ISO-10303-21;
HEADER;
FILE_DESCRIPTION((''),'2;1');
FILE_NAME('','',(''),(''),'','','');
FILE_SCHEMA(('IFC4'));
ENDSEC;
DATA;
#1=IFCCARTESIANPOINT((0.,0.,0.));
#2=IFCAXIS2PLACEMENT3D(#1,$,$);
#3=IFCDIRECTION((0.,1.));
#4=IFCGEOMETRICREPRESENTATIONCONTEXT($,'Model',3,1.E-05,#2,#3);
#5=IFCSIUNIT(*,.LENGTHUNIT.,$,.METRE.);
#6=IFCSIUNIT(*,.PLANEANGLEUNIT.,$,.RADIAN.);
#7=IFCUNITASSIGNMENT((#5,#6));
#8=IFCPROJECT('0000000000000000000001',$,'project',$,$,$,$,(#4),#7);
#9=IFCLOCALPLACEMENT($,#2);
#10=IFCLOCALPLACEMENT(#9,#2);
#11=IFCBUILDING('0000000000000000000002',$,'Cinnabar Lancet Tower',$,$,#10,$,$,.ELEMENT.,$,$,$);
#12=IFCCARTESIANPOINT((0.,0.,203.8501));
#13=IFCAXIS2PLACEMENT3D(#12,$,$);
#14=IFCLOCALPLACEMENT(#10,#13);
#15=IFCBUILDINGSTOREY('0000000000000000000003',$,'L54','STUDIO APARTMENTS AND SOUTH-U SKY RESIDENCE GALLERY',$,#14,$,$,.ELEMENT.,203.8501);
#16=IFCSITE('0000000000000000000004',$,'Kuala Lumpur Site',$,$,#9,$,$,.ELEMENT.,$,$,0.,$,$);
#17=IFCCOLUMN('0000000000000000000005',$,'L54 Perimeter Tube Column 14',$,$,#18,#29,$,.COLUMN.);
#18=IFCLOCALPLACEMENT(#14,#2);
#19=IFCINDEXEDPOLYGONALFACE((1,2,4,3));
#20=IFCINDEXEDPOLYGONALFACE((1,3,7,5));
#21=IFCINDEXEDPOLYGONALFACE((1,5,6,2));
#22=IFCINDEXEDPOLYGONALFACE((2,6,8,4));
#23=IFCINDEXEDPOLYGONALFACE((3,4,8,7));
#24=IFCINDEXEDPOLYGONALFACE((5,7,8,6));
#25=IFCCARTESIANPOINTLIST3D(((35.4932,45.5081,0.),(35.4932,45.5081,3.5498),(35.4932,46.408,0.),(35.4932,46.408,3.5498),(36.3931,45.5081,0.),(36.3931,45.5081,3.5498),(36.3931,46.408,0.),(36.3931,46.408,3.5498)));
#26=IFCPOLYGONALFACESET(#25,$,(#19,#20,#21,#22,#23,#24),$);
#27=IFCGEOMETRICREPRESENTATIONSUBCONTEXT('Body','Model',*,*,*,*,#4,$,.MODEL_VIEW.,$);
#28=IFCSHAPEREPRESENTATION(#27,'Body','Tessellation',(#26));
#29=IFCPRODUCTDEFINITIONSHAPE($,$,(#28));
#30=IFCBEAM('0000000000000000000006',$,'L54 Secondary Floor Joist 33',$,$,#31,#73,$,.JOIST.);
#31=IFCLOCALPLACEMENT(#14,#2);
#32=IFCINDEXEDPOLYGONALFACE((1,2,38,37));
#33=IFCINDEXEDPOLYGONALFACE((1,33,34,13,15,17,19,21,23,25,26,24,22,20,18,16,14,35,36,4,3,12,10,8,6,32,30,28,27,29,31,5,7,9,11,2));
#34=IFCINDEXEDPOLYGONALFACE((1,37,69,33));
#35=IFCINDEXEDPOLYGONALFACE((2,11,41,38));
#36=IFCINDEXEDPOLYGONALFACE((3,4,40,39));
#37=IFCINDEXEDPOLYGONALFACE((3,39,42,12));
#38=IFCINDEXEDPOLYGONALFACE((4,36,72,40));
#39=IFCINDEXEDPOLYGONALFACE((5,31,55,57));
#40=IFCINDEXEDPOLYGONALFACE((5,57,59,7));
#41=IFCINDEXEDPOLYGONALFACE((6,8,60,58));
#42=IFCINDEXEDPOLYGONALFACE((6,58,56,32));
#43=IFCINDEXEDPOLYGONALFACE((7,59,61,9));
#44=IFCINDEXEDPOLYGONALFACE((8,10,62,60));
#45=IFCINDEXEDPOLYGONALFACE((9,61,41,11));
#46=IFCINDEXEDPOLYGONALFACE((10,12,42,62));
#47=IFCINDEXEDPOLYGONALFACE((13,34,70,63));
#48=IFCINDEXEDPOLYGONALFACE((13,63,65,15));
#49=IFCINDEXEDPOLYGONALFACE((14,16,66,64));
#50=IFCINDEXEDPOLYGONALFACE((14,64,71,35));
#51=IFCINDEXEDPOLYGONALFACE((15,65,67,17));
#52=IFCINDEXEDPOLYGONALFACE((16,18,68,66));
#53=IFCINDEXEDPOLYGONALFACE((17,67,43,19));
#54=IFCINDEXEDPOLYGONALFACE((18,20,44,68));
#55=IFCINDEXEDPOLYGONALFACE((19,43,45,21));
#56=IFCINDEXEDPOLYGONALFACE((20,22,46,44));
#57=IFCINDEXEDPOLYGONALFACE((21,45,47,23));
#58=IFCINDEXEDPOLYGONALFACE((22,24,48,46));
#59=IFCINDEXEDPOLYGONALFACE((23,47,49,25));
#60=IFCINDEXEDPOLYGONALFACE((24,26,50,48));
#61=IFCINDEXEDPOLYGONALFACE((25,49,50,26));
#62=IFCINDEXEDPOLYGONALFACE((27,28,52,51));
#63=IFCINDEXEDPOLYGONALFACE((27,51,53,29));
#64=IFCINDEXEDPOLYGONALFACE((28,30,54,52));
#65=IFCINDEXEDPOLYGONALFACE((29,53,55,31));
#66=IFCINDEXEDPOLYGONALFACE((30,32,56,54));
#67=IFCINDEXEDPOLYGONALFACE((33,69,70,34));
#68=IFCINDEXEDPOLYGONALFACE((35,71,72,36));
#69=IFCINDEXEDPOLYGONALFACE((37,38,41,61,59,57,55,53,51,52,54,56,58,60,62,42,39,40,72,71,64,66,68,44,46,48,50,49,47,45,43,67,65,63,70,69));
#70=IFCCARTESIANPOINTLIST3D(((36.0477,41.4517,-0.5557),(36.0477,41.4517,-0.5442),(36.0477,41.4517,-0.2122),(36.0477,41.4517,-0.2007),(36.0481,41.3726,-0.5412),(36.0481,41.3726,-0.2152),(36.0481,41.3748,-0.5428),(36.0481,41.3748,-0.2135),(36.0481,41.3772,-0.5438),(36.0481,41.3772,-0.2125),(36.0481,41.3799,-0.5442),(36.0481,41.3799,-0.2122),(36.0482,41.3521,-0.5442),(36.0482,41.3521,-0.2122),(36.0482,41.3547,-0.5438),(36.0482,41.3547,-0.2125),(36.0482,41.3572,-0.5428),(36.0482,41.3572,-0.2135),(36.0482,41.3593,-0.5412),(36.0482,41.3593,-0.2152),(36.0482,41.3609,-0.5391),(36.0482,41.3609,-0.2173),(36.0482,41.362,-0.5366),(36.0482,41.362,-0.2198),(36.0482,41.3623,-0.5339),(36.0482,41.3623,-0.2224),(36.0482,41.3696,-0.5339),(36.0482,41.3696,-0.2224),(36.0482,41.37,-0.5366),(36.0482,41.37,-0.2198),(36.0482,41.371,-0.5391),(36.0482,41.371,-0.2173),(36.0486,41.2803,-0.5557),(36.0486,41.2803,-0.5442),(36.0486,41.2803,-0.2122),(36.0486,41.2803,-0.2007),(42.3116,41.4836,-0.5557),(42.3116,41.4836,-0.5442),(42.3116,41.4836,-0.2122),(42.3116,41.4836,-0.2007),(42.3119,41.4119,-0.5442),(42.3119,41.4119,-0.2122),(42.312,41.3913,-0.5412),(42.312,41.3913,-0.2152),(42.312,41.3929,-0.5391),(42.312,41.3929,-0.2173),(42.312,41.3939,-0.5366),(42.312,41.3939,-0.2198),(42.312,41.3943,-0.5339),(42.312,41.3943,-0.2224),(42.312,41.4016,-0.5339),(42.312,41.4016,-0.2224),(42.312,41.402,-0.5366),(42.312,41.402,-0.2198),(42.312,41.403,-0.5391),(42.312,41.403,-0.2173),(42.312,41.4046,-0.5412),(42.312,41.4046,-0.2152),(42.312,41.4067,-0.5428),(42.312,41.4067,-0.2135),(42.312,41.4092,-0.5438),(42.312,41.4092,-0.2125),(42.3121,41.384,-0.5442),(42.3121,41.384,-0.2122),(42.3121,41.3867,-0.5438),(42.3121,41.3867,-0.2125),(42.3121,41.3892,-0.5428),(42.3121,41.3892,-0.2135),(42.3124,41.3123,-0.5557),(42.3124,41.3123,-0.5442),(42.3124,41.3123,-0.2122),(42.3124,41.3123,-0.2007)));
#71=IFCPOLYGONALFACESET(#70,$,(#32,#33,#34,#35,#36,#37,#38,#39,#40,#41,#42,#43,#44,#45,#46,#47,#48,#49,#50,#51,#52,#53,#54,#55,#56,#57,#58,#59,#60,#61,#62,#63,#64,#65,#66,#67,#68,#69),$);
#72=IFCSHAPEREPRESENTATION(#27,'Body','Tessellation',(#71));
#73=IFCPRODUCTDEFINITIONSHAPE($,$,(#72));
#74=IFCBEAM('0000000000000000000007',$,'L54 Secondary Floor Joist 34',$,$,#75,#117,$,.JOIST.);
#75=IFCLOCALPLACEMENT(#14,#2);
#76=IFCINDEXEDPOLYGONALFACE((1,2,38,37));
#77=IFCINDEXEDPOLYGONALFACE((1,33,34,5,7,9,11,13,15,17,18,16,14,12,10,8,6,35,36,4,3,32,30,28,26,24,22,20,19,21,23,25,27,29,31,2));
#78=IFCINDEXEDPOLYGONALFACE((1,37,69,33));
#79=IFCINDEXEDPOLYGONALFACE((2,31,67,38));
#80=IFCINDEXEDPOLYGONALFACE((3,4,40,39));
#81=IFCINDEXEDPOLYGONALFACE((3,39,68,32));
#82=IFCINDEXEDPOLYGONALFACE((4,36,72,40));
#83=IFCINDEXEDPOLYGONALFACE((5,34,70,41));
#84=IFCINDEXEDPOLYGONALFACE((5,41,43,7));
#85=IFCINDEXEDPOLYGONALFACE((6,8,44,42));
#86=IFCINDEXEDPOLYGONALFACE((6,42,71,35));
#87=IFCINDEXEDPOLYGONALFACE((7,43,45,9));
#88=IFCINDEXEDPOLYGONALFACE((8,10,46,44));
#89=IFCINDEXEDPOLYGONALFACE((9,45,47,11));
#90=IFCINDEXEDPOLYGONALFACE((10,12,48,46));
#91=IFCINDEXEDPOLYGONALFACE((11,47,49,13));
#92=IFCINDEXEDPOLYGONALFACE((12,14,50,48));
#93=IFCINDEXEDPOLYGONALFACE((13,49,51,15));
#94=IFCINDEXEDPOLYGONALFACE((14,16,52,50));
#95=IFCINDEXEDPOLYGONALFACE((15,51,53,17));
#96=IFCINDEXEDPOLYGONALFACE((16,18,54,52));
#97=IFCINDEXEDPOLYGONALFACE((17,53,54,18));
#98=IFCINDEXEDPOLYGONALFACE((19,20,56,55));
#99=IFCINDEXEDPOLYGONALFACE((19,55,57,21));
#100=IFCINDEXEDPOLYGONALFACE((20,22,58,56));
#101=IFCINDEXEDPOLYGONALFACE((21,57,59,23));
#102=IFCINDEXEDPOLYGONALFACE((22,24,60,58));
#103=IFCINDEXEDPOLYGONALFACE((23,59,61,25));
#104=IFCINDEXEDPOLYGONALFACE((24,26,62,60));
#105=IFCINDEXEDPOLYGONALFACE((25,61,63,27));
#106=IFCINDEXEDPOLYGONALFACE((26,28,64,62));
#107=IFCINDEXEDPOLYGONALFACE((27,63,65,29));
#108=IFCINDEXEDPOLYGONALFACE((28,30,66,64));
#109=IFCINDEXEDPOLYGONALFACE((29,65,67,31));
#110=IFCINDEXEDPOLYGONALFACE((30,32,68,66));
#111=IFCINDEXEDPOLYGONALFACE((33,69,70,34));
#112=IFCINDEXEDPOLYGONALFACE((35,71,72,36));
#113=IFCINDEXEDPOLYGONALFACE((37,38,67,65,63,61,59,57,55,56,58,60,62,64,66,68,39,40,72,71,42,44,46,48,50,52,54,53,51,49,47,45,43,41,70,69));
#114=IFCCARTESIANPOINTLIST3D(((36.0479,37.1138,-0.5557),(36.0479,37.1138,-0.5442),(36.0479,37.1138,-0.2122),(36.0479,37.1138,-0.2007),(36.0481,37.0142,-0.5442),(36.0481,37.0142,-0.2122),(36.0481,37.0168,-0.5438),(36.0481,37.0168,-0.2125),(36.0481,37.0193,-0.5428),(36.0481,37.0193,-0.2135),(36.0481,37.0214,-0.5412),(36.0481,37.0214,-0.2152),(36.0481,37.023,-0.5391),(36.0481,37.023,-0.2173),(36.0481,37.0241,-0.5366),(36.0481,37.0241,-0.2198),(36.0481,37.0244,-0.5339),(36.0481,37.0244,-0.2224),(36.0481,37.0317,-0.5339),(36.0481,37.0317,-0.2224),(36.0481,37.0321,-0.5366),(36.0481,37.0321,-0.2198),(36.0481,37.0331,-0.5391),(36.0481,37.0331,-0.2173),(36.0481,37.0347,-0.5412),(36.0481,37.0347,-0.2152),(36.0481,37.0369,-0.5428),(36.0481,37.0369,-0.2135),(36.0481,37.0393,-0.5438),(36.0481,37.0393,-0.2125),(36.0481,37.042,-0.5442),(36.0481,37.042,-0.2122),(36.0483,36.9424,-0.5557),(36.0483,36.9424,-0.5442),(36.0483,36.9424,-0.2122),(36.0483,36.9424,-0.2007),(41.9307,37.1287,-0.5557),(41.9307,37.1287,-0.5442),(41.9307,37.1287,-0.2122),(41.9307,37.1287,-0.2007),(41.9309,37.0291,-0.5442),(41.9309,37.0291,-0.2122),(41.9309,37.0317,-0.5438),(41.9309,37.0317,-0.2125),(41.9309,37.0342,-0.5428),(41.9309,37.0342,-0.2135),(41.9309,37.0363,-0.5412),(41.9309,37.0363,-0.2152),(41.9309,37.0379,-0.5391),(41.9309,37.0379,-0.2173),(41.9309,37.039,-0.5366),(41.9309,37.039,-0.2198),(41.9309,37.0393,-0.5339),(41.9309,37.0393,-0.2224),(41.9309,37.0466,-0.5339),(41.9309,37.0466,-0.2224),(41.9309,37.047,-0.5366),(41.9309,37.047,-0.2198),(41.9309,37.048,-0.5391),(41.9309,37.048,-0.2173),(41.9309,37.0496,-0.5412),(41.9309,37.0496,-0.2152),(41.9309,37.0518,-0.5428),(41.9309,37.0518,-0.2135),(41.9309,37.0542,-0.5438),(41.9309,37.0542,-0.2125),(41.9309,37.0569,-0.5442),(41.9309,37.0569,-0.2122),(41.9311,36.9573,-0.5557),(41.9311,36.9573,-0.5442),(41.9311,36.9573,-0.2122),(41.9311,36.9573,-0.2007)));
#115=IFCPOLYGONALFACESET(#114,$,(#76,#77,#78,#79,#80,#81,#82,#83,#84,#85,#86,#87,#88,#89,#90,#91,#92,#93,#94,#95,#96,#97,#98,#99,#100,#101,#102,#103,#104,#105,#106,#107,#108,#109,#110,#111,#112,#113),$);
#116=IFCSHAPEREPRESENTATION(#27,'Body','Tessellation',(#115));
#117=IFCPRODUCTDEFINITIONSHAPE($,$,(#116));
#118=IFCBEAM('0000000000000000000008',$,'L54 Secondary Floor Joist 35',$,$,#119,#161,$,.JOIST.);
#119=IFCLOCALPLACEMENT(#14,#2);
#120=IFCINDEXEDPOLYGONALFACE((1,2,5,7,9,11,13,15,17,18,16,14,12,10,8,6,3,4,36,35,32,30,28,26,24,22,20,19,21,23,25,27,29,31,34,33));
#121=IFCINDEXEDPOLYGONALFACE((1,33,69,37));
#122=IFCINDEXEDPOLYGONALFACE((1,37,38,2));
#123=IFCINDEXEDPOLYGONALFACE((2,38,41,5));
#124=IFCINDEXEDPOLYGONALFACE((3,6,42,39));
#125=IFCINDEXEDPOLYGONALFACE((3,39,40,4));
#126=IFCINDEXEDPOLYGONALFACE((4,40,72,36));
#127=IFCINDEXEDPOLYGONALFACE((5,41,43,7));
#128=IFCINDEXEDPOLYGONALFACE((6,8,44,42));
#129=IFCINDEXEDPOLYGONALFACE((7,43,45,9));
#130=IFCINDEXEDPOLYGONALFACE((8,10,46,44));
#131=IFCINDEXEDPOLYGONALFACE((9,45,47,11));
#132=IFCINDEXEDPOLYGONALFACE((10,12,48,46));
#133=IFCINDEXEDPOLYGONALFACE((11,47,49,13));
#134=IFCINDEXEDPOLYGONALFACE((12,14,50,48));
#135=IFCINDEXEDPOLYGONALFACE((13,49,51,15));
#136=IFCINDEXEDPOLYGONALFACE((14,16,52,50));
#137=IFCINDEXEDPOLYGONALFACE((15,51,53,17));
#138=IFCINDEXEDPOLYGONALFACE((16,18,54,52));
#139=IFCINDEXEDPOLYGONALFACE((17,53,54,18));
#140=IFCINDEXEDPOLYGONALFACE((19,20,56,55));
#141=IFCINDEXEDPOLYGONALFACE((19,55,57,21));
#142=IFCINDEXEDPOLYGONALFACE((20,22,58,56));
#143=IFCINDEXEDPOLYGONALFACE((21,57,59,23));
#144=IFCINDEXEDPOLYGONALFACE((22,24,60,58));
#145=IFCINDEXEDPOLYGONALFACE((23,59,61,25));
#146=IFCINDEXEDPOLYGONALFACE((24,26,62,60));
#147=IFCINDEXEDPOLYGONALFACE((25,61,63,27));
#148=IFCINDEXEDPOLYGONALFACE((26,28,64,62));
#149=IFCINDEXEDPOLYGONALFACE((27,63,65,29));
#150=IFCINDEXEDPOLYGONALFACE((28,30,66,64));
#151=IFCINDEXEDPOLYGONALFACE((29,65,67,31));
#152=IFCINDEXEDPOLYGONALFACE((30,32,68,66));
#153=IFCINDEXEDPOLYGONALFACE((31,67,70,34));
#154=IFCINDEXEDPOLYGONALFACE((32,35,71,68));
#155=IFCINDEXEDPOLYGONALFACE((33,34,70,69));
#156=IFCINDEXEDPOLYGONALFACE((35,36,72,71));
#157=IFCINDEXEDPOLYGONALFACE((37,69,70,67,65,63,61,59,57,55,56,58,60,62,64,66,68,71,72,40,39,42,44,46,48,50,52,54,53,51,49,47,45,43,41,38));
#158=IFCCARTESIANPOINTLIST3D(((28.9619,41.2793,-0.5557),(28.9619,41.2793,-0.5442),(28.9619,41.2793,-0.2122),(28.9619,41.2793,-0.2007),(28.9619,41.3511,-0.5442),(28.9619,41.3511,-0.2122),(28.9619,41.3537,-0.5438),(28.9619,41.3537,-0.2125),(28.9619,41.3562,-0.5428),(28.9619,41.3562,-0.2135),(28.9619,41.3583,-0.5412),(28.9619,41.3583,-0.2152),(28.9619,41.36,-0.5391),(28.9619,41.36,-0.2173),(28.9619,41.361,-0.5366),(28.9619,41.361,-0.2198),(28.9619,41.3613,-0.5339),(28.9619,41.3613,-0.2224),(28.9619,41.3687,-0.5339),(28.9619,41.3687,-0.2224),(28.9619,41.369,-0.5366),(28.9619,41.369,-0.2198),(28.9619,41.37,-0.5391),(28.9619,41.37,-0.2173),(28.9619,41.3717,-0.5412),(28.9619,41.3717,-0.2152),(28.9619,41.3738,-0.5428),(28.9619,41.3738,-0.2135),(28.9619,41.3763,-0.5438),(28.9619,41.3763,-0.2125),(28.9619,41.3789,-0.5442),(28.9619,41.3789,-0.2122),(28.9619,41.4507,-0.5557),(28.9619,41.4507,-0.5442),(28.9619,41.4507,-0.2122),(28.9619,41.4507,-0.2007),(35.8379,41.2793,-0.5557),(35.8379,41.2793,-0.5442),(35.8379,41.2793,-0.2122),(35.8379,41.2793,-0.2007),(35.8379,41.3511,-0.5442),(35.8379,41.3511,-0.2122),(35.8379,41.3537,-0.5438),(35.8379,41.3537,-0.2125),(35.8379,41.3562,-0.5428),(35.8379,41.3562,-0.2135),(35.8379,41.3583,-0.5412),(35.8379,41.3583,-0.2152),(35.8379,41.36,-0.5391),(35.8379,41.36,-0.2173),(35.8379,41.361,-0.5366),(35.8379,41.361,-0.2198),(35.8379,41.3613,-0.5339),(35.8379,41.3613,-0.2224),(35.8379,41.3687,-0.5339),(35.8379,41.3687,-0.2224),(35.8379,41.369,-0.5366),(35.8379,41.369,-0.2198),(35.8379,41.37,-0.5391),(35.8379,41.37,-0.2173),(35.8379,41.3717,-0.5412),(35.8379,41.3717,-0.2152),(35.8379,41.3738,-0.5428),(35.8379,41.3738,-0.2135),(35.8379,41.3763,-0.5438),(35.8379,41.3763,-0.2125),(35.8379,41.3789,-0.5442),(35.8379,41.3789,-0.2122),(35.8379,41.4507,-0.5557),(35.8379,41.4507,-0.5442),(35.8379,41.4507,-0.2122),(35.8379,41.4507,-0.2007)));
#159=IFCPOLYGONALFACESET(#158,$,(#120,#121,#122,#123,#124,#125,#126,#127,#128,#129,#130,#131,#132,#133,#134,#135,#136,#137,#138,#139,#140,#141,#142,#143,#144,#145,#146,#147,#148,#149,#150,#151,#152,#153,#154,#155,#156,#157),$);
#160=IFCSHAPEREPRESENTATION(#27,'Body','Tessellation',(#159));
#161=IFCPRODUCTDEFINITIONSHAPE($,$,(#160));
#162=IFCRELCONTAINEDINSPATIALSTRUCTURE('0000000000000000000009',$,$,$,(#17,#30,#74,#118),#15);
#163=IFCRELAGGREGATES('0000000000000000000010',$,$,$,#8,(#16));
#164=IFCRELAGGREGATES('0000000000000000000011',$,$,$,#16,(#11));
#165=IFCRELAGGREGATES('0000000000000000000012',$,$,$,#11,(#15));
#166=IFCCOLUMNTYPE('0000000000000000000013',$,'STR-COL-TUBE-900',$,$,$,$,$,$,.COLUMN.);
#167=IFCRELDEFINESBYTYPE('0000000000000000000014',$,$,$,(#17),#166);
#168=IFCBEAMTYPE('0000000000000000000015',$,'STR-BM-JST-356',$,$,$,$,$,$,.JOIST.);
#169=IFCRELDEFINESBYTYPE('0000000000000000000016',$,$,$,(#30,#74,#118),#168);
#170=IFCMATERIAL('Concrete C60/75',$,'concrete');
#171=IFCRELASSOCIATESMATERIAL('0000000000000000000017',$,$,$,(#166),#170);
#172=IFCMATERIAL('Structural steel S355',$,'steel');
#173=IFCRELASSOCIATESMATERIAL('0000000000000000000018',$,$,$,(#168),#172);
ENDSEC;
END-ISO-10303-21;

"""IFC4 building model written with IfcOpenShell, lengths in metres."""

from ifc_helpers import new_model, si_unit, direction, frame, origin, origin_2d, place, context, subcontext, project, spatial, rectangle, i_section, extrude, material, material_profile, profile_set, type_object, element, save


model = new_model("IFC4")

# Units and contexts
model_context = context("Model", 3, precision=1e-05, world=origin(), true_north=direction((0.0, 1.0)))
body_context = subcontext(model_context, "Body", "Model", "MODEL_VIEW")
ifc_project = project(units=[si_unit("LENGTHUNIT", "METRE"), si_unit("PLANEANGLEUNIT", "RADIAN")], contexts=[model_context])

# Site, building, storey
site_placement = place(None, origin())
site = spatial("IfcSite", under=ifc_project, at=site_placement, Name="Kuala Lumpur Site", CompositionType="ELEMENT", RefElevation=0.0)
building_placement = place(site_placement, origin())
building = spatial("IfcBuilding", under=site, at=building_placement, Name="Cinnabar Lancet Tower", CompositionType="ELEMENT")
storey_placement = place(building_placement, frame((0.0, 0.0, 203.8501)))
storey = spatial("IfcBuildingStorey", under=building, at=storey_placement, Name="L54", Description="STUDIO APARTMENTS AND SOUTH-U SKY RESIDENCE GALLERY", CompositionType="ELEMENT", Elevation=203.8501)

# Column
ifc_material_1 = material(Name="Concrete C60/75", Category="concrete")
ifc_material_profile_1 = material_profile(ifc_material_1, rectangle(XDim=0.8999, YDim=0.8999, at=origin_2d()), Name="RC-COL 900x900")
ifc_profile_set_1 = profile_set([ifc_material_profile_1], Name="Concrete C60/75")
column_type = type_object("IfcColumnType", Name="STR-COL-TUBE-900", PredefinedType="COLUMN", material=ifc_profile_set_1)
column_placement = place(storey_placement, frame((35.9431, 45.958, 0.0), z_axis=(0.0, 0.0, 1.0), x_axis=(1.0, 0.0, 0.0)))
element("IfcColumn", 1, at=column_placement, inside=storey, type_object=column_type, Name="L54 Perimeter Tube Column 14", PredefinedType="COLUMN", context=body_context, shape_type="SweptSolid", body=[
    extrude(rectangle(XDim=0.8999, YDim=0.8999, at=origin_2d()), origin(), (0.0, 0.0, 1.0), 3.5498),
])

# Beams
ifc_material_2 = material(Name="Structural steel S355", Category="steel")
ifc_material_profile_2 = material_profile(ifc_material_2, i_section(OverallWidth=0.1714, OverallDepth=0.355, WebThickness=0.0073, FlangeThickness=0.0115, FilletRadius=0.0103, at=origin_2d()), Name="UKB 356x171x51")
ifc_profile_set_2 = profile_set([ifc_material_profile_2], Name="Structural steel S355")
beam_type_1 = type_object("IfcBeamType", Name="STR-BM-JST-356", PredefinedType="JOIST", material=ifc_profile_set_2)
beam_1_placement = place(storey_placement, frame((42.312, 41.3979, -0.3782), z_axis=(-0.999987, -0.005106, 0.0), x_axis=(0.005106, -0.999987, 0.0)))
element("IfcBeam", 2, at=beam_1_placement, inside=storey, type_object=beam_type_1, Name="L54 Secondary Floor Joist 33", PredefinedType="JOIST", context=body_context, shape_type="SweptSolid", body=[
    extrude(i_section(OverallWidth=0.1714, OverallDepth=0.355, WebThickness=0.0073, FlangeThickness=0.0115, FilletRadius=0.0103, at=origin_2d()), origin(), (0.0, 0.0, 1.0), 6.2639),
])
beam_2_placement = place(storey_placement, frame((41.9309, 37.043, -0.3782), z_axis=(-0.999997, -0.002532, 0.0), x_axis=(0.002532, -0.999997, 0.0)))
element("IfcBeam", 3, at=beam_2_placement, inside=storey, type_object=beam_type_1, Name="L54 Secondary Floor Joist 34", PredefinedType="JOIST", context=body_context, shape_type="SweptSolid", body=[
    extrude(i_section(OverallWidth=0.1714, OverallDepth=0.355, WebThickness=0.0073, FlangeThickness=0.0115, FilletRadius=0.0103, at=origin_2d()), origin(), (0.0, 0.0, 1.0), 5.8828),
])
for number, where, z_axis, x_axis, name in (
    (4, (35.8379, 41.365, -0.3782), (-1.0, 0.0, 0.0), (0.0, -1.0, 0.0), "L54 Secondary Floor Joist 35"),
):
    element("IfcBeam", number, at=place(storey_placement, frame(where, z_axis=z_axis, x_axis=x_axis)), inside=storey, type_object=beam_type_1, Name=name, PredefinedType="JOIST", context=body_context, shape_type="SweptSolid", body=[
        extrude(i_section(OverallWidth=0.1714, OverallDepth=0.355, WebThickness=0.0073, FlangeThickness=0.0115, FilletRadius=0.0103, at=origin_2d()), origin(), (0.0, 0.0, 1.0), 6.876),
    ])

save(model, "model.ifc")
